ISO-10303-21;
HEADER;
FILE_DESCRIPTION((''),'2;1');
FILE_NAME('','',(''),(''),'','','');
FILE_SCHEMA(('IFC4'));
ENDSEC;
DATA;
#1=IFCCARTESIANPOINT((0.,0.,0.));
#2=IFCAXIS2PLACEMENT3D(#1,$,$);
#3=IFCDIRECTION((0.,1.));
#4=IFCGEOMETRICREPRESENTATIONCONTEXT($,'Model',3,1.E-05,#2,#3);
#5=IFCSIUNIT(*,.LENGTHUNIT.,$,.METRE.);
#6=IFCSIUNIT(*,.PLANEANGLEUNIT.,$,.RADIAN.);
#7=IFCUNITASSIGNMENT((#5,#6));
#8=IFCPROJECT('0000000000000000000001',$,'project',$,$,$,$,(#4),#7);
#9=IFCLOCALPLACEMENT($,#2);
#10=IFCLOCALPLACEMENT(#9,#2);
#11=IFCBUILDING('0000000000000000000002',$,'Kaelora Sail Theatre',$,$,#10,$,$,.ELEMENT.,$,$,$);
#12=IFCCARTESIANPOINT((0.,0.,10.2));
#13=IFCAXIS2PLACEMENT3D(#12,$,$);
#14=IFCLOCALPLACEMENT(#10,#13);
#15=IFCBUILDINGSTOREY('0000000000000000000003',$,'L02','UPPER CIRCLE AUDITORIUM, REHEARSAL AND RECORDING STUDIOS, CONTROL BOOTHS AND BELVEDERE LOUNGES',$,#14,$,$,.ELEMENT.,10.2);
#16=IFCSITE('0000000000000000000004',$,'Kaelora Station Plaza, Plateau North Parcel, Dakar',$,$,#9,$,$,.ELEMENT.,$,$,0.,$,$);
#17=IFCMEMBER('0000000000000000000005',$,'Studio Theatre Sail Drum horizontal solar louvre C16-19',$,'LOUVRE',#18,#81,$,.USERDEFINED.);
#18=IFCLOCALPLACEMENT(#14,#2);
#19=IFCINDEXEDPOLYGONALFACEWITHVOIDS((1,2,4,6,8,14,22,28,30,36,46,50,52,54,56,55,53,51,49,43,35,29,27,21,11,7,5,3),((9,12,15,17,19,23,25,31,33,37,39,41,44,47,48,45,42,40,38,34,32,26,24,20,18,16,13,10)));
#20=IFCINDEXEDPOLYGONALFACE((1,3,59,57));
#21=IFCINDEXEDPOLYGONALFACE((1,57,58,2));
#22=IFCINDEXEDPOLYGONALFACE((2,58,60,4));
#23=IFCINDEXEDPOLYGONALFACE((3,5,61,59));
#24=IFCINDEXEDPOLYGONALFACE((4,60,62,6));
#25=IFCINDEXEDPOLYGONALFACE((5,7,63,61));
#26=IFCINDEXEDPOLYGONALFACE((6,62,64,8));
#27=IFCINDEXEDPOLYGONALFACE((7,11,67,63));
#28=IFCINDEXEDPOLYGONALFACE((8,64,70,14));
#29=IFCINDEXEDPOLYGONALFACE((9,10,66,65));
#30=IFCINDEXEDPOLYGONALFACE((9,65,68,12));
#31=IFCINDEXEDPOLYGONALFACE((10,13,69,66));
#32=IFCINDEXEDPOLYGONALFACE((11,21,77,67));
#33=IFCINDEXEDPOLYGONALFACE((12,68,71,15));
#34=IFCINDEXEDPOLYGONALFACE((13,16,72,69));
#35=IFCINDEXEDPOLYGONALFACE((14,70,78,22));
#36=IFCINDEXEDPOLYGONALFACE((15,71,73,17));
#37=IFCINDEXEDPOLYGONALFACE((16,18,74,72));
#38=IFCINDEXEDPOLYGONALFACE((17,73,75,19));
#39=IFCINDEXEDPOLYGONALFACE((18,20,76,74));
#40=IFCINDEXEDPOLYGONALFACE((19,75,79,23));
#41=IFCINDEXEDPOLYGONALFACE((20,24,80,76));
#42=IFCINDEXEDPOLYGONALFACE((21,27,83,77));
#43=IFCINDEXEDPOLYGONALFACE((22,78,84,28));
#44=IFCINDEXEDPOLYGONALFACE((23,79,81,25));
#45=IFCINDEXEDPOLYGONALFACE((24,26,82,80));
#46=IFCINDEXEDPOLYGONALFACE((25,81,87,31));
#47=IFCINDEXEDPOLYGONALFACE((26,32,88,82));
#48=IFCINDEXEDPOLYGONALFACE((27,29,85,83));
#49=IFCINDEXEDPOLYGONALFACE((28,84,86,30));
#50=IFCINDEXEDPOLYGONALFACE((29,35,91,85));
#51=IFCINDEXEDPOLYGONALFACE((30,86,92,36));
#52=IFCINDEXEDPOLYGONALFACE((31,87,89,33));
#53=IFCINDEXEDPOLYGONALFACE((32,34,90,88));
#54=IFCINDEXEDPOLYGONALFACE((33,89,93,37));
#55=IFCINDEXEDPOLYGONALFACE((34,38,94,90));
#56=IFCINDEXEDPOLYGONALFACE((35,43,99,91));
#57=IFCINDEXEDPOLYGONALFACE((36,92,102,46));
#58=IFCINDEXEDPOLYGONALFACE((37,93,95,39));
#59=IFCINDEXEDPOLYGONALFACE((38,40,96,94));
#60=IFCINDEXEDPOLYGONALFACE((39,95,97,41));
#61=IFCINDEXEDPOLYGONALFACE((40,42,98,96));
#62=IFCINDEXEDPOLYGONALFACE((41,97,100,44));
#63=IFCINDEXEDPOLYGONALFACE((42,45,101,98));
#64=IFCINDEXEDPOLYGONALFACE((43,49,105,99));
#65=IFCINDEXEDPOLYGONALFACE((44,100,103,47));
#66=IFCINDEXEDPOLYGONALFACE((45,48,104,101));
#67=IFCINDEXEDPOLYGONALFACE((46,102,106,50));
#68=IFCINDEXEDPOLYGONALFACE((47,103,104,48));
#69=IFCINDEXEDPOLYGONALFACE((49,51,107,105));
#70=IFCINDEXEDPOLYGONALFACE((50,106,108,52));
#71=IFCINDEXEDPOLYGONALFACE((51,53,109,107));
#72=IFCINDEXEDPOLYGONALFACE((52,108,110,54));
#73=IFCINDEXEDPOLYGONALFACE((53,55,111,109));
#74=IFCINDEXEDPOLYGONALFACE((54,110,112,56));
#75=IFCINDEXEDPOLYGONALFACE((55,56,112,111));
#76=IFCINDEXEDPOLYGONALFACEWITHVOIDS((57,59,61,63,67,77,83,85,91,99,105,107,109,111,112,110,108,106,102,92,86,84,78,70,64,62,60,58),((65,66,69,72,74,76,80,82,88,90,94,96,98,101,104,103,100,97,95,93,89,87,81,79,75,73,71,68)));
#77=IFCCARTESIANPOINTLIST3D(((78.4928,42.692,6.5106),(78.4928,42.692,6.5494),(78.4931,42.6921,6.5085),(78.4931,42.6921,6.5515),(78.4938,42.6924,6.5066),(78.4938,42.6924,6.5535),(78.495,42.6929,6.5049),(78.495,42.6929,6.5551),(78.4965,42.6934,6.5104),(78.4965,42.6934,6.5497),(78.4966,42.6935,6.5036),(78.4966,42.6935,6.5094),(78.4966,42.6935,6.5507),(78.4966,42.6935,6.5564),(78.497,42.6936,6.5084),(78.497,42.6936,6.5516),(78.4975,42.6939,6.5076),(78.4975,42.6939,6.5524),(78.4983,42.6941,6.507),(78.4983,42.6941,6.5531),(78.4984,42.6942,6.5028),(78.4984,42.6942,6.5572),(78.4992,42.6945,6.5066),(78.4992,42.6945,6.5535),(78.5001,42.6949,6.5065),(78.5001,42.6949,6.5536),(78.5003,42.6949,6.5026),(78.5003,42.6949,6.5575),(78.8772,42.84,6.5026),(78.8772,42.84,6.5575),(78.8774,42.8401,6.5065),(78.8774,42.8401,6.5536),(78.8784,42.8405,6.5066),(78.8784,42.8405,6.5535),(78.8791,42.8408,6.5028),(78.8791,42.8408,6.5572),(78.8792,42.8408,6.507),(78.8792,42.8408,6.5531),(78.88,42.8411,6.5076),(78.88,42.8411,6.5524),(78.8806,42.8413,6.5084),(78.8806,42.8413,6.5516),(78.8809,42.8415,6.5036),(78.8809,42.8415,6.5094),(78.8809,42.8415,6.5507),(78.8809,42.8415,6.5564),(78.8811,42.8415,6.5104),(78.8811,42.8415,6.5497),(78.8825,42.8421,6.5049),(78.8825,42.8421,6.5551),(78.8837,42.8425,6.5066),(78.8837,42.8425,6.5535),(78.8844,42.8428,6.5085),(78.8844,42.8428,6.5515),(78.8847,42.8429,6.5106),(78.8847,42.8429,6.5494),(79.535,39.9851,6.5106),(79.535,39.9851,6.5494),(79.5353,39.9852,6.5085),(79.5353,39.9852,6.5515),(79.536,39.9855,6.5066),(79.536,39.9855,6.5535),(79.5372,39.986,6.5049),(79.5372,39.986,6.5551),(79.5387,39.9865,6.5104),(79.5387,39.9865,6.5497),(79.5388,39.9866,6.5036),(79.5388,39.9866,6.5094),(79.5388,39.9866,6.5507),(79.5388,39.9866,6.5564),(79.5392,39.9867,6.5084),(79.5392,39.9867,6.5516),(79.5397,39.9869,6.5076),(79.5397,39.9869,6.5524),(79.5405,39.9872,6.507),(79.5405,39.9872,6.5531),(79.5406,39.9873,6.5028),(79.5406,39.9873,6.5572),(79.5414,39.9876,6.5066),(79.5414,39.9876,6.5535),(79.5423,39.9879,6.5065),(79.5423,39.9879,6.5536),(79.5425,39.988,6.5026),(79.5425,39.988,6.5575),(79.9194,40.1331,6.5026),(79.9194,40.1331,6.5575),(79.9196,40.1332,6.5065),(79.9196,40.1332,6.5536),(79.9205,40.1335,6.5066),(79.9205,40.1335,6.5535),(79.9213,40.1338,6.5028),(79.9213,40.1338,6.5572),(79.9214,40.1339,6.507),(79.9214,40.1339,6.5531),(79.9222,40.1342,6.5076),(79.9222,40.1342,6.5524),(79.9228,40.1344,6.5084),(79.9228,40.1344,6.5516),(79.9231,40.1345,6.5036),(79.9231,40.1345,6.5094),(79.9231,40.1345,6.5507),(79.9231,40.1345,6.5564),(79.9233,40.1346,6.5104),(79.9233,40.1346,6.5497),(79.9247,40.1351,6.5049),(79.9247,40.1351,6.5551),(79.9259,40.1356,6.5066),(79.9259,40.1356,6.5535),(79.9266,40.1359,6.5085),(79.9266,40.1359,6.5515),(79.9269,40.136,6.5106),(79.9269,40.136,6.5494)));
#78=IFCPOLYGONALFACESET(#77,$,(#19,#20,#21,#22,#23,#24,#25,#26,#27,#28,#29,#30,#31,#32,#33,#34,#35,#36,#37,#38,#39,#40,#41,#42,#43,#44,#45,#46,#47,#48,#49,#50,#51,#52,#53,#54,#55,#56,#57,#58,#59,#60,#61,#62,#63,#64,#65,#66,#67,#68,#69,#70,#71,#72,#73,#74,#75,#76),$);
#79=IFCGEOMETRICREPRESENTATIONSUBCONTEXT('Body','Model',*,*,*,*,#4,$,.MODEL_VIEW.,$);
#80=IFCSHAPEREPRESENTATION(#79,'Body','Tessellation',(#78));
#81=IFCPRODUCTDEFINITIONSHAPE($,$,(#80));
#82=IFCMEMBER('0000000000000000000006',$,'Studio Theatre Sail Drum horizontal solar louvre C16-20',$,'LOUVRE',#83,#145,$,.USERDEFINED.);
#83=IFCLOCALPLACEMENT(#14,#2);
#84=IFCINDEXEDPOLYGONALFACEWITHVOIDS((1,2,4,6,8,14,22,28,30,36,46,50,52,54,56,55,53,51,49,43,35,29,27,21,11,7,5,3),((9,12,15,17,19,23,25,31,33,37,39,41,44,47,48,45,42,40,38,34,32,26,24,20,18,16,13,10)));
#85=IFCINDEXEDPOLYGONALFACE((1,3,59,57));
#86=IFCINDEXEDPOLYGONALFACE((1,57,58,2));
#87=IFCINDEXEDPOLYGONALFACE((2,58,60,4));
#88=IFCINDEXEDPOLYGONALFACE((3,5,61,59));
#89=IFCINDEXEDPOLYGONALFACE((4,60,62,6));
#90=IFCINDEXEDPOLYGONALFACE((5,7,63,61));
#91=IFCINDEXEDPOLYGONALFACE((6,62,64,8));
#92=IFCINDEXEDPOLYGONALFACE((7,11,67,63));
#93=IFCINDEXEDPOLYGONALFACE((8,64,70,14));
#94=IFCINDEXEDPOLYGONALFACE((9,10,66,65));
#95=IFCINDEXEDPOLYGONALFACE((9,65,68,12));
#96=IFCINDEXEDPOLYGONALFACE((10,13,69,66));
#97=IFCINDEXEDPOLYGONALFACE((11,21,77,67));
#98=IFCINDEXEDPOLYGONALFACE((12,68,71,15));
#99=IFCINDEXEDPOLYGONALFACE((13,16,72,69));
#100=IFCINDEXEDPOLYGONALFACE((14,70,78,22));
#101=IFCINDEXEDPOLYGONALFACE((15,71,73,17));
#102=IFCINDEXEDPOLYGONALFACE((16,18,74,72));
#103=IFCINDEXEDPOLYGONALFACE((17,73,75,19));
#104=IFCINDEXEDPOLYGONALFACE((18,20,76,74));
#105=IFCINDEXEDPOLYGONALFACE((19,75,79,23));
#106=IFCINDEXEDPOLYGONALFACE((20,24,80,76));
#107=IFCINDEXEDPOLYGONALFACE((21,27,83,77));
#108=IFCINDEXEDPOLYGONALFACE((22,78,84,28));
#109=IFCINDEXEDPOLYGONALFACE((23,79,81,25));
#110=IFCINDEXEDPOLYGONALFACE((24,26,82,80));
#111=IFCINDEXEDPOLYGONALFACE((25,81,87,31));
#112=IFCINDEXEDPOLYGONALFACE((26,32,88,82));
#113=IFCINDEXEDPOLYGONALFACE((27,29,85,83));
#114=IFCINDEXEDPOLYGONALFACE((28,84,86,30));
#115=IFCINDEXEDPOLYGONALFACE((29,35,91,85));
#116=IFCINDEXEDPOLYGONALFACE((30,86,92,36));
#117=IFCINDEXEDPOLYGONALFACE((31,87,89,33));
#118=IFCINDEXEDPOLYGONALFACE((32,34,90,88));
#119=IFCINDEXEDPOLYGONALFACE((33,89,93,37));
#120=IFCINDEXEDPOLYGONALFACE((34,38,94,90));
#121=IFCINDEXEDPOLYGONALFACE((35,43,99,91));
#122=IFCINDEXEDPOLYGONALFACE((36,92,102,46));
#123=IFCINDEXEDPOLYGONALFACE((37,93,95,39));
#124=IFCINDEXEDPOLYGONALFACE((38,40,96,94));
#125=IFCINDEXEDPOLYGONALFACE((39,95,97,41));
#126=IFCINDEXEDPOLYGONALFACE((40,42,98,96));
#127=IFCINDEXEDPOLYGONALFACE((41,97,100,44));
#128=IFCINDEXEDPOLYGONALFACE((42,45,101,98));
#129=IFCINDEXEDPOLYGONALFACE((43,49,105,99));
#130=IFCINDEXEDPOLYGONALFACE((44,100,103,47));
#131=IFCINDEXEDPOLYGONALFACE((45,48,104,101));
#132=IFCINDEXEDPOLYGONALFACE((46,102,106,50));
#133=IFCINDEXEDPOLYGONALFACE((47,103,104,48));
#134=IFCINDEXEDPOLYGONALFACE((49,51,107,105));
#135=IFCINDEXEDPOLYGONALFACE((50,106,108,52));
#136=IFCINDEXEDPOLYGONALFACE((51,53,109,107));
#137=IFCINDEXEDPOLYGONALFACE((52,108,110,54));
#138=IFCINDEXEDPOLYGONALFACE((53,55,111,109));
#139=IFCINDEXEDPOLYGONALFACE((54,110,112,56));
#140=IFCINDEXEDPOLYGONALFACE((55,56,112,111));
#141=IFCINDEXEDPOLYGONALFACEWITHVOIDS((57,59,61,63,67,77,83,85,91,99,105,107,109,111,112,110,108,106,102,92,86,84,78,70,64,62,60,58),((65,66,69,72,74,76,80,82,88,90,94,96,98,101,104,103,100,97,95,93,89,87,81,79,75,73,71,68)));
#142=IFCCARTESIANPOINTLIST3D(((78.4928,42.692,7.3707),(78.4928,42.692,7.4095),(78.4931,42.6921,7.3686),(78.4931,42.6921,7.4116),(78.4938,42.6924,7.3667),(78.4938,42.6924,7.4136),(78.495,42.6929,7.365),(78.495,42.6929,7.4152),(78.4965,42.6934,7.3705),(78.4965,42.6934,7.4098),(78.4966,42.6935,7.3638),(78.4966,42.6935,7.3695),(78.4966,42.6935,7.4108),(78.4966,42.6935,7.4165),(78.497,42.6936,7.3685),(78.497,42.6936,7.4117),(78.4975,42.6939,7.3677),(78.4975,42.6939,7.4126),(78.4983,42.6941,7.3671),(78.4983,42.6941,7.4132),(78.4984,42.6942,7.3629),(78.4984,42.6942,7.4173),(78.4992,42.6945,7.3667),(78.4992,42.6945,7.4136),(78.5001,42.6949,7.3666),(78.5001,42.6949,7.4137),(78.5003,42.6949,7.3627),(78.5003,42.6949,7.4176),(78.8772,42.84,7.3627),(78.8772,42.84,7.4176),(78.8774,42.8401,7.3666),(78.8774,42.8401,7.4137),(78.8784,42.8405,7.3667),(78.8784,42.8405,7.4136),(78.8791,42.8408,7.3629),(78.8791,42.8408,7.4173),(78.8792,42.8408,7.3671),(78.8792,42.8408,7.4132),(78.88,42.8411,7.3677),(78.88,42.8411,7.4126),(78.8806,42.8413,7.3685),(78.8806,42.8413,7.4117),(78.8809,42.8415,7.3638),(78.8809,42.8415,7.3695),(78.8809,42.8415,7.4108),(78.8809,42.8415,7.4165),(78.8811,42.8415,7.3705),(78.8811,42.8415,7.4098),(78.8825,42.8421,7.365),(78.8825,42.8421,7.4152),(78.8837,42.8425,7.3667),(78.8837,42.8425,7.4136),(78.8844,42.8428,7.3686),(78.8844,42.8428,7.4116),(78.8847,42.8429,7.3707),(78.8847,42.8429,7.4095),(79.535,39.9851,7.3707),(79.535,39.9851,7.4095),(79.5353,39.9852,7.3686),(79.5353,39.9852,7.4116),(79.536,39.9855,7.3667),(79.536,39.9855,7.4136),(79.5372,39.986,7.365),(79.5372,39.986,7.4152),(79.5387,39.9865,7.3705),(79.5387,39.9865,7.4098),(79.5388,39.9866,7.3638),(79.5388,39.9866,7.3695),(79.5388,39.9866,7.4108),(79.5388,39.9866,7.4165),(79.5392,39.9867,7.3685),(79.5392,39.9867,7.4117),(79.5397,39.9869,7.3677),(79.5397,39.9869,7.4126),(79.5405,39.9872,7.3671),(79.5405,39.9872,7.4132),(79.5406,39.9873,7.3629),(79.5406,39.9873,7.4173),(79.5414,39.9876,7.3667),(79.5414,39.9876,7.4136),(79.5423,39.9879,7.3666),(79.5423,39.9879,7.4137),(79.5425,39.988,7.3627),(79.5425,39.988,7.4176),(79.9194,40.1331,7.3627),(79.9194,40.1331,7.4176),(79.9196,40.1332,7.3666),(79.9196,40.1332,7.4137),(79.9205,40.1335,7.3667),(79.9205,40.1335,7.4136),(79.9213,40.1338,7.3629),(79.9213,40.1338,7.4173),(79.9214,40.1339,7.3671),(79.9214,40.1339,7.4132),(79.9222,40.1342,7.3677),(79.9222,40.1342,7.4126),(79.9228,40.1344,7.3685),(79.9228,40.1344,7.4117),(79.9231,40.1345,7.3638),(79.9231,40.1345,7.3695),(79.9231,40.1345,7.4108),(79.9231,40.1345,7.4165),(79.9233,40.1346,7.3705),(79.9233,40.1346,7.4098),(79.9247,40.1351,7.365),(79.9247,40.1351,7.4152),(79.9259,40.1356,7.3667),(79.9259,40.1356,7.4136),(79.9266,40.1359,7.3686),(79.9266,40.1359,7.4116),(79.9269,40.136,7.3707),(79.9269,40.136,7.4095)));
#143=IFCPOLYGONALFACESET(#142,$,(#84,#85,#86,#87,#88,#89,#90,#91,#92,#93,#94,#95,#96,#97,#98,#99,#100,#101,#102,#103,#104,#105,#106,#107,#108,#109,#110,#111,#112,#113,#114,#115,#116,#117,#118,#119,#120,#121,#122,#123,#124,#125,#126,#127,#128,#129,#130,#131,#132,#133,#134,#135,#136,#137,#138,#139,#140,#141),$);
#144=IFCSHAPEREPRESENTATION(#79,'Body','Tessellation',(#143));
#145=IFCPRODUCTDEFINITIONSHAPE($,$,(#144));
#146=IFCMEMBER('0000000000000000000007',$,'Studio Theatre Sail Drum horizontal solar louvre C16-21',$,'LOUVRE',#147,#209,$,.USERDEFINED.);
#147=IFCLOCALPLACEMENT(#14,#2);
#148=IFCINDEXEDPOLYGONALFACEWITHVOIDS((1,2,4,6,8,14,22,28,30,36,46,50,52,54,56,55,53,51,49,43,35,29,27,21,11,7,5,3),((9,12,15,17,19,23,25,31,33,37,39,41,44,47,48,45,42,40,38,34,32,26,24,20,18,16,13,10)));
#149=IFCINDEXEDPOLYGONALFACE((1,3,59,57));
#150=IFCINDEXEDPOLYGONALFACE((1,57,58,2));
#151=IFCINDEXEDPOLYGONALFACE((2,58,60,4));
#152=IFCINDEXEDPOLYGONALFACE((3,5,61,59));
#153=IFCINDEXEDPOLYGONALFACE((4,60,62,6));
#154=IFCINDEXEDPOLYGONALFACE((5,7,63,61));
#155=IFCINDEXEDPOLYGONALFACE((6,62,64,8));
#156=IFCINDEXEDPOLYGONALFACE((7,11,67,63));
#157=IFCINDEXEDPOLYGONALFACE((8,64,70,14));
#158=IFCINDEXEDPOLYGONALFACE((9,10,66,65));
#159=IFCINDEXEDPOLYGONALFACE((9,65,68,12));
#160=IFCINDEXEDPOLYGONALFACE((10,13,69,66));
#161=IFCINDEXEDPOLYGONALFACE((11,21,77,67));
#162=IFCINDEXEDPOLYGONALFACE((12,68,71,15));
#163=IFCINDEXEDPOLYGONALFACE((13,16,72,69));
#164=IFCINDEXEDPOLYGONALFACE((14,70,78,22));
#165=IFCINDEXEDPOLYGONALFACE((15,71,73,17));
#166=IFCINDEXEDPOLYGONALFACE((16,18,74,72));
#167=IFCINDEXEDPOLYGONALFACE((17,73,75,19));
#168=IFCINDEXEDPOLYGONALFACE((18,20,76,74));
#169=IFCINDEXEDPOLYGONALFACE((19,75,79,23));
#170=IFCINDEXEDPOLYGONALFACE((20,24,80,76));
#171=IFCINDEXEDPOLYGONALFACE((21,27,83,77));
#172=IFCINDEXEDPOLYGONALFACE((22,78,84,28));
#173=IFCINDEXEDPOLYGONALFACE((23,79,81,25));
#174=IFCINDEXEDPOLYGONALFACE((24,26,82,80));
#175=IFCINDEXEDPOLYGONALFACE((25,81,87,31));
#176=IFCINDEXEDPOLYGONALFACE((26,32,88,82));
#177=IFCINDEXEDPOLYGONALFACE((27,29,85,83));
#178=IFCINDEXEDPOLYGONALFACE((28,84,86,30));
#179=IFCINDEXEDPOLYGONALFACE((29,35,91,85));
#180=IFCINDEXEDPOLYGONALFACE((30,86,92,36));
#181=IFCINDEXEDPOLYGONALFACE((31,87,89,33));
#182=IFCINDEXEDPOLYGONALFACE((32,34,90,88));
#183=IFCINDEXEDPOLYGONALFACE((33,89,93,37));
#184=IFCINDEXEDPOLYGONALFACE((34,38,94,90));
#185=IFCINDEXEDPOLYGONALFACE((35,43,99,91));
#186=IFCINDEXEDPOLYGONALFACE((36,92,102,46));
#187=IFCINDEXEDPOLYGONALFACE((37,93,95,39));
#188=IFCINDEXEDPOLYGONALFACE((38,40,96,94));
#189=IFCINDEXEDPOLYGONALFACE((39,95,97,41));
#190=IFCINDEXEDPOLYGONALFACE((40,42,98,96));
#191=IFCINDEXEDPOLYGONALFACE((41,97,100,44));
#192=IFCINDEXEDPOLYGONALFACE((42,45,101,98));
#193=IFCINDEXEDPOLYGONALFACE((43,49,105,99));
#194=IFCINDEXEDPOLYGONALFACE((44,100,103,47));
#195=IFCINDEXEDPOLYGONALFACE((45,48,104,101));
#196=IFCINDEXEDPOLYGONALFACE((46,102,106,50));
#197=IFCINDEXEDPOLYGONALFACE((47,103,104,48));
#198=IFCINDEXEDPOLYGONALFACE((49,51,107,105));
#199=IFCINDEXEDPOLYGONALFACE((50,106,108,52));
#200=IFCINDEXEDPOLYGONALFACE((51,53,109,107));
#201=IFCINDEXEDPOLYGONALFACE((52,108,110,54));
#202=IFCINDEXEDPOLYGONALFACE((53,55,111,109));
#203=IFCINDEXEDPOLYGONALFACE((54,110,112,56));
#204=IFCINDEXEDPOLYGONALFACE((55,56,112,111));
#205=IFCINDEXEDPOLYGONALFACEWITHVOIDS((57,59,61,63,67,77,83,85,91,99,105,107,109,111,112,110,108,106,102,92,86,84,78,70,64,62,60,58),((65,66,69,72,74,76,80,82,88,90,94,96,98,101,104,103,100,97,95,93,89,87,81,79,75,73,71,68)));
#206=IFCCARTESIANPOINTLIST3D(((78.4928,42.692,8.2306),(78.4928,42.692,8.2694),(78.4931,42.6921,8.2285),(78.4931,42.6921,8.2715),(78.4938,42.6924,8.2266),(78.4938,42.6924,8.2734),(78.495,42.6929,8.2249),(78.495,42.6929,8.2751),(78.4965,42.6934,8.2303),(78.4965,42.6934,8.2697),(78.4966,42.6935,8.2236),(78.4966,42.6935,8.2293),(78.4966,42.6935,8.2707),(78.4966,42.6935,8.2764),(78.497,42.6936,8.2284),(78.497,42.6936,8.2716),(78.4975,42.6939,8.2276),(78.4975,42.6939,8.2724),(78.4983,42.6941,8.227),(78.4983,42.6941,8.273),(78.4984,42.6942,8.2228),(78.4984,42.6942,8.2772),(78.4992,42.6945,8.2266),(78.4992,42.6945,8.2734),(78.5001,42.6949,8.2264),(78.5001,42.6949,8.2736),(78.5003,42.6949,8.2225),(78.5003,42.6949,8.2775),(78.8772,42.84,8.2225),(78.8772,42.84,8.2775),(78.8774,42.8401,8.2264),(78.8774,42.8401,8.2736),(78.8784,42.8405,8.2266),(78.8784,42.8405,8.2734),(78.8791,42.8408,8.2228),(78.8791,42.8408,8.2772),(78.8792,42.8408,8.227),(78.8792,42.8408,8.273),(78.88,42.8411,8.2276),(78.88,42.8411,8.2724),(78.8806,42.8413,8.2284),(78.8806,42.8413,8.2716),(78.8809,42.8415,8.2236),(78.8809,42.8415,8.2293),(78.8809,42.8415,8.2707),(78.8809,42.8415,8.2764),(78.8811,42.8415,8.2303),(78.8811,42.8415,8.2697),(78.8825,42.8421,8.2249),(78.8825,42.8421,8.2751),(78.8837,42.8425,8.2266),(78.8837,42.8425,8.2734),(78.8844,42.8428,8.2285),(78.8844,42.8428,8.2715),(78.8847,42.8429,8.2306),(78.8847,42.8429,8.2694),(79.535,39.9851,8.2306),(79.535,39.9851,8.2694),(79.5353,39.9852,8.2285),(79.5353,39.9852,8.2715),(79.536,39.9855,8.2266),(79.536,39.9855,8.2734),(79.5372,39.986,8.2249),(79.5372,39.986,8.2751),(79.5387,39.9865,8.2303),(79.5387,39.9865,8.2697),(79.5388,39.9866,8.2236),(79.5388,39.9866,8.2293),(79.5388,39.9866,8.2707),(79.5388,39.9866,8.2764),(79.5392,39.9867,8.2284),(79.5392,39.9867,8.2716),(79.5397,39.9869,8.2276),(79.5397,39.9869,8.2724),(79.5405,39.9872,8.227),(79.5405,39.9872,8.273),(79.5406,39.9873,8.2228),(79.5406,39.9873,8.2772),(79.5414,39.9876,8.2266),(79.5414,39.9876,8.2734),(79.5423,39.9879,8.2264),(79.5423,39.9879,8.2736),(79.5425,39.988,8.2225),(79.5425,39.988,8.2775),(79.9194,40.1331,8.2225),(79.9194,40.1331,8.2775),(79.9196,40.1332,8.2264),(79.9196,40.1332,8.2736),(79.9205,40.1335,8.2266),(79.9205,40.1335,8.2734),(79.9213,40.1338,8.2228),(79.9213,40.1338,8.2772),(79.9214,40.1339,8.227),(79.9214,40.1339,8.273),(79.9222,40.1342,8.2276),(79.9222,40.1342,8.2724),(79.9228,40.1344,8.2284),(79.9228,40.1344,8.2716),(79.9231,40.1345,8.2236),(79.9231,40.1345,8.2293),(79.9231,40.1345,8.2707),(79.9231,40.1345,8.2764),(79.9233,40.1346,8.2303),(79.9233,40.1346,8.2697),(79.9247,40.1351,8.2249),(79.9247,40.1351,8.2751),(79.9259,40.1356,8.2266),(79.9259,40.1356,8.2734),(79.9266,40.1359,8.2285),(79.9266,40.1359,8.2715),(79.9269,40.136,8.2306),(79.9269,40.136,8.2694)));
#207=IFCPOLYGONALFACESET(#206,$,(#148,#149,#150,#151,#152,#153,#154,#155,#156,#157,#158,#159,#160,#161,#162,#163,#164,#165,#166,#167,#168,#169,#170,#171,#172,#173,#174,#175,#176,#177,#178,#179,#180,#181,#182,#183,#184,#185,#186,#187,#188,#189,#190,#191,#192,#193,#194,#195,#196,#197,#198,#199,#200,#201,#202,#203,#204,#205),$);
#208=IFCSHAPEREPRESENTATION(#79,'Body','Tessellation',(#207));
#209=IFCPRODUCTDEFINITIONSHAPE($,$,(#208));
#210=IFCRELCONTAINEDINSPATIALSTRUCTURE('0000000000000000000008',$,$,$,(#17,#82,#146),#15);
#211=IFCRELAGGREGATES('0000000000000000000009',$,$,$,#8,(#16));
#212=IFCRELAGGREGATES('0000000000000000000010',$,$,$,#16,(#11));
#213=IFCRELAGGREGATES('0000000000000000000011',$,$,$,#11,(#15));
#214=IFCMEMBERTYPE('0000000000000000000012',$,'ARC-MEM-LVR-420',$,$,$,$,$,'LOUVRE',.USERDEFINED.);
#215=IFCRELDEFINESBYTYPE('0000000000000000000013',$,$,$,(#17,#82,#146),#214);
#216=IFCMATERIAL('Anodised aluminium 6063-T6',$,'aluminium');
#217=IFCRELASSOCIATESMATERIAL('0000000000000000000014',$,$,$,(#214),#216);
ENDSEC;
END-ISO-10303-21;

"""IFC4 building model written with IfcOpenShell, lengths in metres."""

from ifc_helpers import new_model, si_unit, direction, frame, origin, origin_2d, place, context, subcontext, project, spatial, hollow_rectangle, extrude, material, material_profile, profile_set, type_object, element, save


model = new_model("IFC4")

# Units and contexts
model_context = context("Model", 3, precision=1e-05, world=origin(), true_north=direction((0.0, 1.0)))
body_context = subcontext(model_context, "Body", "Model", "MODEL_VIEW")
ifc_project = project(units=[si_unit("LENGTHUNIT", "METRE"), si_unit("PLANEANGLEUNIT", "RADIAN")], contexts=[model_context])

# Site, building, storey
site_placement = place(None, origin())
site = spatial("IfcSite", under=ifc_project, at=site_placement, Name="Kaelora Station Plaza, Plateau North Parcel, Dakar", CompositionType="ELEMENT", RefElevation=0.0)
building_placement = place(site_placement, origin())
building = spatial("IfcBuilding", under=site, at=building_placement, Name="Kaelora Sail Theatre", CompositionType="ELEMENT")
storey_placement = place(building_placement, frame((0.0, 0.0, 10.2)))
storey = spatial("IfcBuildingStorey", under=building, at=storey_placement, Name="L02", Description="UPPER CIRCLE AUDITORIUM, REHEARSAL AND RECORDING STUDIOS, CONTROL BOOTHS AND BELVEDERE LOUNGES", CompositionType="ELEMENT", Elevation=10.2)

# Members
ifc_material_1 = material(Name="Anodised aluminium 6063-T6", Category="aluminium")
ifc_material_profile_1 = material_profile(ifc_material_1, hollow_rectangle(XDim=0.4199, YDim=0.0549, WallThickness=0.0039, InnerFilletRadius=0.0039, OuterFilletRadius=0.0081, at=origin_2d()), Name="LOUVRE 420x55x4")
ifc_profile_set_1 = profile_set([ifc_material_profile_1], Name="Anodised aluminium 6063-T6")
member_type = type_object("IfcMemberType", Name="ARC-MEM-LVR-420", ElementType="LOUVRE", PredefinedType="USERDEFINED", material=ifc_profile_set_1)
for number, where, z_axis, x_axis, name in (
    (1, (79.731, 40.0605, 6.53), (-0.359301, 0.933222, 0.0), (-0.933222, -0.359301, 0.0), "Studio Theatre Sail Drum horizontal solar louvre C16-19"),
    (2, (79.731, 40.0605, 7.3901), (-0.359301, 0.933222, 0.0), (-0.933222, -0.359301, 0.0), "Studio Theatre Sail Drum horizontal solar louvre C16-20"),
    (3, (79.731, 40.0605, 8.25), (-0.359301, 0.933222, 0.0), (-0.933222, -0.359301, 0.0), "Studio Theatre Sail Drum horizontal solar louvre C16-21"),
):
    element("IfcMember", number, at=place(storey_placement, frame(where, z_axis=z_axis, x_axis=x_axis)), inside=storey, type_object=member_type, Name=name, ObjectType="LOUVRE", PredefinedType="USERDEFINED", context=body_context, shape_type="SweptSolid", body=[
        extrude(hollow_rectangle(XDim=0.4199, YDim=0.0549, WallThickness=0.0039, InnerFilletRadius=0.0039, OuterFilletRadius=0.0081, at=origin_2d()), origin(), (0.0, 0.0, 1.0), 2.9006),
    ])

save(model, "model.ifc")
